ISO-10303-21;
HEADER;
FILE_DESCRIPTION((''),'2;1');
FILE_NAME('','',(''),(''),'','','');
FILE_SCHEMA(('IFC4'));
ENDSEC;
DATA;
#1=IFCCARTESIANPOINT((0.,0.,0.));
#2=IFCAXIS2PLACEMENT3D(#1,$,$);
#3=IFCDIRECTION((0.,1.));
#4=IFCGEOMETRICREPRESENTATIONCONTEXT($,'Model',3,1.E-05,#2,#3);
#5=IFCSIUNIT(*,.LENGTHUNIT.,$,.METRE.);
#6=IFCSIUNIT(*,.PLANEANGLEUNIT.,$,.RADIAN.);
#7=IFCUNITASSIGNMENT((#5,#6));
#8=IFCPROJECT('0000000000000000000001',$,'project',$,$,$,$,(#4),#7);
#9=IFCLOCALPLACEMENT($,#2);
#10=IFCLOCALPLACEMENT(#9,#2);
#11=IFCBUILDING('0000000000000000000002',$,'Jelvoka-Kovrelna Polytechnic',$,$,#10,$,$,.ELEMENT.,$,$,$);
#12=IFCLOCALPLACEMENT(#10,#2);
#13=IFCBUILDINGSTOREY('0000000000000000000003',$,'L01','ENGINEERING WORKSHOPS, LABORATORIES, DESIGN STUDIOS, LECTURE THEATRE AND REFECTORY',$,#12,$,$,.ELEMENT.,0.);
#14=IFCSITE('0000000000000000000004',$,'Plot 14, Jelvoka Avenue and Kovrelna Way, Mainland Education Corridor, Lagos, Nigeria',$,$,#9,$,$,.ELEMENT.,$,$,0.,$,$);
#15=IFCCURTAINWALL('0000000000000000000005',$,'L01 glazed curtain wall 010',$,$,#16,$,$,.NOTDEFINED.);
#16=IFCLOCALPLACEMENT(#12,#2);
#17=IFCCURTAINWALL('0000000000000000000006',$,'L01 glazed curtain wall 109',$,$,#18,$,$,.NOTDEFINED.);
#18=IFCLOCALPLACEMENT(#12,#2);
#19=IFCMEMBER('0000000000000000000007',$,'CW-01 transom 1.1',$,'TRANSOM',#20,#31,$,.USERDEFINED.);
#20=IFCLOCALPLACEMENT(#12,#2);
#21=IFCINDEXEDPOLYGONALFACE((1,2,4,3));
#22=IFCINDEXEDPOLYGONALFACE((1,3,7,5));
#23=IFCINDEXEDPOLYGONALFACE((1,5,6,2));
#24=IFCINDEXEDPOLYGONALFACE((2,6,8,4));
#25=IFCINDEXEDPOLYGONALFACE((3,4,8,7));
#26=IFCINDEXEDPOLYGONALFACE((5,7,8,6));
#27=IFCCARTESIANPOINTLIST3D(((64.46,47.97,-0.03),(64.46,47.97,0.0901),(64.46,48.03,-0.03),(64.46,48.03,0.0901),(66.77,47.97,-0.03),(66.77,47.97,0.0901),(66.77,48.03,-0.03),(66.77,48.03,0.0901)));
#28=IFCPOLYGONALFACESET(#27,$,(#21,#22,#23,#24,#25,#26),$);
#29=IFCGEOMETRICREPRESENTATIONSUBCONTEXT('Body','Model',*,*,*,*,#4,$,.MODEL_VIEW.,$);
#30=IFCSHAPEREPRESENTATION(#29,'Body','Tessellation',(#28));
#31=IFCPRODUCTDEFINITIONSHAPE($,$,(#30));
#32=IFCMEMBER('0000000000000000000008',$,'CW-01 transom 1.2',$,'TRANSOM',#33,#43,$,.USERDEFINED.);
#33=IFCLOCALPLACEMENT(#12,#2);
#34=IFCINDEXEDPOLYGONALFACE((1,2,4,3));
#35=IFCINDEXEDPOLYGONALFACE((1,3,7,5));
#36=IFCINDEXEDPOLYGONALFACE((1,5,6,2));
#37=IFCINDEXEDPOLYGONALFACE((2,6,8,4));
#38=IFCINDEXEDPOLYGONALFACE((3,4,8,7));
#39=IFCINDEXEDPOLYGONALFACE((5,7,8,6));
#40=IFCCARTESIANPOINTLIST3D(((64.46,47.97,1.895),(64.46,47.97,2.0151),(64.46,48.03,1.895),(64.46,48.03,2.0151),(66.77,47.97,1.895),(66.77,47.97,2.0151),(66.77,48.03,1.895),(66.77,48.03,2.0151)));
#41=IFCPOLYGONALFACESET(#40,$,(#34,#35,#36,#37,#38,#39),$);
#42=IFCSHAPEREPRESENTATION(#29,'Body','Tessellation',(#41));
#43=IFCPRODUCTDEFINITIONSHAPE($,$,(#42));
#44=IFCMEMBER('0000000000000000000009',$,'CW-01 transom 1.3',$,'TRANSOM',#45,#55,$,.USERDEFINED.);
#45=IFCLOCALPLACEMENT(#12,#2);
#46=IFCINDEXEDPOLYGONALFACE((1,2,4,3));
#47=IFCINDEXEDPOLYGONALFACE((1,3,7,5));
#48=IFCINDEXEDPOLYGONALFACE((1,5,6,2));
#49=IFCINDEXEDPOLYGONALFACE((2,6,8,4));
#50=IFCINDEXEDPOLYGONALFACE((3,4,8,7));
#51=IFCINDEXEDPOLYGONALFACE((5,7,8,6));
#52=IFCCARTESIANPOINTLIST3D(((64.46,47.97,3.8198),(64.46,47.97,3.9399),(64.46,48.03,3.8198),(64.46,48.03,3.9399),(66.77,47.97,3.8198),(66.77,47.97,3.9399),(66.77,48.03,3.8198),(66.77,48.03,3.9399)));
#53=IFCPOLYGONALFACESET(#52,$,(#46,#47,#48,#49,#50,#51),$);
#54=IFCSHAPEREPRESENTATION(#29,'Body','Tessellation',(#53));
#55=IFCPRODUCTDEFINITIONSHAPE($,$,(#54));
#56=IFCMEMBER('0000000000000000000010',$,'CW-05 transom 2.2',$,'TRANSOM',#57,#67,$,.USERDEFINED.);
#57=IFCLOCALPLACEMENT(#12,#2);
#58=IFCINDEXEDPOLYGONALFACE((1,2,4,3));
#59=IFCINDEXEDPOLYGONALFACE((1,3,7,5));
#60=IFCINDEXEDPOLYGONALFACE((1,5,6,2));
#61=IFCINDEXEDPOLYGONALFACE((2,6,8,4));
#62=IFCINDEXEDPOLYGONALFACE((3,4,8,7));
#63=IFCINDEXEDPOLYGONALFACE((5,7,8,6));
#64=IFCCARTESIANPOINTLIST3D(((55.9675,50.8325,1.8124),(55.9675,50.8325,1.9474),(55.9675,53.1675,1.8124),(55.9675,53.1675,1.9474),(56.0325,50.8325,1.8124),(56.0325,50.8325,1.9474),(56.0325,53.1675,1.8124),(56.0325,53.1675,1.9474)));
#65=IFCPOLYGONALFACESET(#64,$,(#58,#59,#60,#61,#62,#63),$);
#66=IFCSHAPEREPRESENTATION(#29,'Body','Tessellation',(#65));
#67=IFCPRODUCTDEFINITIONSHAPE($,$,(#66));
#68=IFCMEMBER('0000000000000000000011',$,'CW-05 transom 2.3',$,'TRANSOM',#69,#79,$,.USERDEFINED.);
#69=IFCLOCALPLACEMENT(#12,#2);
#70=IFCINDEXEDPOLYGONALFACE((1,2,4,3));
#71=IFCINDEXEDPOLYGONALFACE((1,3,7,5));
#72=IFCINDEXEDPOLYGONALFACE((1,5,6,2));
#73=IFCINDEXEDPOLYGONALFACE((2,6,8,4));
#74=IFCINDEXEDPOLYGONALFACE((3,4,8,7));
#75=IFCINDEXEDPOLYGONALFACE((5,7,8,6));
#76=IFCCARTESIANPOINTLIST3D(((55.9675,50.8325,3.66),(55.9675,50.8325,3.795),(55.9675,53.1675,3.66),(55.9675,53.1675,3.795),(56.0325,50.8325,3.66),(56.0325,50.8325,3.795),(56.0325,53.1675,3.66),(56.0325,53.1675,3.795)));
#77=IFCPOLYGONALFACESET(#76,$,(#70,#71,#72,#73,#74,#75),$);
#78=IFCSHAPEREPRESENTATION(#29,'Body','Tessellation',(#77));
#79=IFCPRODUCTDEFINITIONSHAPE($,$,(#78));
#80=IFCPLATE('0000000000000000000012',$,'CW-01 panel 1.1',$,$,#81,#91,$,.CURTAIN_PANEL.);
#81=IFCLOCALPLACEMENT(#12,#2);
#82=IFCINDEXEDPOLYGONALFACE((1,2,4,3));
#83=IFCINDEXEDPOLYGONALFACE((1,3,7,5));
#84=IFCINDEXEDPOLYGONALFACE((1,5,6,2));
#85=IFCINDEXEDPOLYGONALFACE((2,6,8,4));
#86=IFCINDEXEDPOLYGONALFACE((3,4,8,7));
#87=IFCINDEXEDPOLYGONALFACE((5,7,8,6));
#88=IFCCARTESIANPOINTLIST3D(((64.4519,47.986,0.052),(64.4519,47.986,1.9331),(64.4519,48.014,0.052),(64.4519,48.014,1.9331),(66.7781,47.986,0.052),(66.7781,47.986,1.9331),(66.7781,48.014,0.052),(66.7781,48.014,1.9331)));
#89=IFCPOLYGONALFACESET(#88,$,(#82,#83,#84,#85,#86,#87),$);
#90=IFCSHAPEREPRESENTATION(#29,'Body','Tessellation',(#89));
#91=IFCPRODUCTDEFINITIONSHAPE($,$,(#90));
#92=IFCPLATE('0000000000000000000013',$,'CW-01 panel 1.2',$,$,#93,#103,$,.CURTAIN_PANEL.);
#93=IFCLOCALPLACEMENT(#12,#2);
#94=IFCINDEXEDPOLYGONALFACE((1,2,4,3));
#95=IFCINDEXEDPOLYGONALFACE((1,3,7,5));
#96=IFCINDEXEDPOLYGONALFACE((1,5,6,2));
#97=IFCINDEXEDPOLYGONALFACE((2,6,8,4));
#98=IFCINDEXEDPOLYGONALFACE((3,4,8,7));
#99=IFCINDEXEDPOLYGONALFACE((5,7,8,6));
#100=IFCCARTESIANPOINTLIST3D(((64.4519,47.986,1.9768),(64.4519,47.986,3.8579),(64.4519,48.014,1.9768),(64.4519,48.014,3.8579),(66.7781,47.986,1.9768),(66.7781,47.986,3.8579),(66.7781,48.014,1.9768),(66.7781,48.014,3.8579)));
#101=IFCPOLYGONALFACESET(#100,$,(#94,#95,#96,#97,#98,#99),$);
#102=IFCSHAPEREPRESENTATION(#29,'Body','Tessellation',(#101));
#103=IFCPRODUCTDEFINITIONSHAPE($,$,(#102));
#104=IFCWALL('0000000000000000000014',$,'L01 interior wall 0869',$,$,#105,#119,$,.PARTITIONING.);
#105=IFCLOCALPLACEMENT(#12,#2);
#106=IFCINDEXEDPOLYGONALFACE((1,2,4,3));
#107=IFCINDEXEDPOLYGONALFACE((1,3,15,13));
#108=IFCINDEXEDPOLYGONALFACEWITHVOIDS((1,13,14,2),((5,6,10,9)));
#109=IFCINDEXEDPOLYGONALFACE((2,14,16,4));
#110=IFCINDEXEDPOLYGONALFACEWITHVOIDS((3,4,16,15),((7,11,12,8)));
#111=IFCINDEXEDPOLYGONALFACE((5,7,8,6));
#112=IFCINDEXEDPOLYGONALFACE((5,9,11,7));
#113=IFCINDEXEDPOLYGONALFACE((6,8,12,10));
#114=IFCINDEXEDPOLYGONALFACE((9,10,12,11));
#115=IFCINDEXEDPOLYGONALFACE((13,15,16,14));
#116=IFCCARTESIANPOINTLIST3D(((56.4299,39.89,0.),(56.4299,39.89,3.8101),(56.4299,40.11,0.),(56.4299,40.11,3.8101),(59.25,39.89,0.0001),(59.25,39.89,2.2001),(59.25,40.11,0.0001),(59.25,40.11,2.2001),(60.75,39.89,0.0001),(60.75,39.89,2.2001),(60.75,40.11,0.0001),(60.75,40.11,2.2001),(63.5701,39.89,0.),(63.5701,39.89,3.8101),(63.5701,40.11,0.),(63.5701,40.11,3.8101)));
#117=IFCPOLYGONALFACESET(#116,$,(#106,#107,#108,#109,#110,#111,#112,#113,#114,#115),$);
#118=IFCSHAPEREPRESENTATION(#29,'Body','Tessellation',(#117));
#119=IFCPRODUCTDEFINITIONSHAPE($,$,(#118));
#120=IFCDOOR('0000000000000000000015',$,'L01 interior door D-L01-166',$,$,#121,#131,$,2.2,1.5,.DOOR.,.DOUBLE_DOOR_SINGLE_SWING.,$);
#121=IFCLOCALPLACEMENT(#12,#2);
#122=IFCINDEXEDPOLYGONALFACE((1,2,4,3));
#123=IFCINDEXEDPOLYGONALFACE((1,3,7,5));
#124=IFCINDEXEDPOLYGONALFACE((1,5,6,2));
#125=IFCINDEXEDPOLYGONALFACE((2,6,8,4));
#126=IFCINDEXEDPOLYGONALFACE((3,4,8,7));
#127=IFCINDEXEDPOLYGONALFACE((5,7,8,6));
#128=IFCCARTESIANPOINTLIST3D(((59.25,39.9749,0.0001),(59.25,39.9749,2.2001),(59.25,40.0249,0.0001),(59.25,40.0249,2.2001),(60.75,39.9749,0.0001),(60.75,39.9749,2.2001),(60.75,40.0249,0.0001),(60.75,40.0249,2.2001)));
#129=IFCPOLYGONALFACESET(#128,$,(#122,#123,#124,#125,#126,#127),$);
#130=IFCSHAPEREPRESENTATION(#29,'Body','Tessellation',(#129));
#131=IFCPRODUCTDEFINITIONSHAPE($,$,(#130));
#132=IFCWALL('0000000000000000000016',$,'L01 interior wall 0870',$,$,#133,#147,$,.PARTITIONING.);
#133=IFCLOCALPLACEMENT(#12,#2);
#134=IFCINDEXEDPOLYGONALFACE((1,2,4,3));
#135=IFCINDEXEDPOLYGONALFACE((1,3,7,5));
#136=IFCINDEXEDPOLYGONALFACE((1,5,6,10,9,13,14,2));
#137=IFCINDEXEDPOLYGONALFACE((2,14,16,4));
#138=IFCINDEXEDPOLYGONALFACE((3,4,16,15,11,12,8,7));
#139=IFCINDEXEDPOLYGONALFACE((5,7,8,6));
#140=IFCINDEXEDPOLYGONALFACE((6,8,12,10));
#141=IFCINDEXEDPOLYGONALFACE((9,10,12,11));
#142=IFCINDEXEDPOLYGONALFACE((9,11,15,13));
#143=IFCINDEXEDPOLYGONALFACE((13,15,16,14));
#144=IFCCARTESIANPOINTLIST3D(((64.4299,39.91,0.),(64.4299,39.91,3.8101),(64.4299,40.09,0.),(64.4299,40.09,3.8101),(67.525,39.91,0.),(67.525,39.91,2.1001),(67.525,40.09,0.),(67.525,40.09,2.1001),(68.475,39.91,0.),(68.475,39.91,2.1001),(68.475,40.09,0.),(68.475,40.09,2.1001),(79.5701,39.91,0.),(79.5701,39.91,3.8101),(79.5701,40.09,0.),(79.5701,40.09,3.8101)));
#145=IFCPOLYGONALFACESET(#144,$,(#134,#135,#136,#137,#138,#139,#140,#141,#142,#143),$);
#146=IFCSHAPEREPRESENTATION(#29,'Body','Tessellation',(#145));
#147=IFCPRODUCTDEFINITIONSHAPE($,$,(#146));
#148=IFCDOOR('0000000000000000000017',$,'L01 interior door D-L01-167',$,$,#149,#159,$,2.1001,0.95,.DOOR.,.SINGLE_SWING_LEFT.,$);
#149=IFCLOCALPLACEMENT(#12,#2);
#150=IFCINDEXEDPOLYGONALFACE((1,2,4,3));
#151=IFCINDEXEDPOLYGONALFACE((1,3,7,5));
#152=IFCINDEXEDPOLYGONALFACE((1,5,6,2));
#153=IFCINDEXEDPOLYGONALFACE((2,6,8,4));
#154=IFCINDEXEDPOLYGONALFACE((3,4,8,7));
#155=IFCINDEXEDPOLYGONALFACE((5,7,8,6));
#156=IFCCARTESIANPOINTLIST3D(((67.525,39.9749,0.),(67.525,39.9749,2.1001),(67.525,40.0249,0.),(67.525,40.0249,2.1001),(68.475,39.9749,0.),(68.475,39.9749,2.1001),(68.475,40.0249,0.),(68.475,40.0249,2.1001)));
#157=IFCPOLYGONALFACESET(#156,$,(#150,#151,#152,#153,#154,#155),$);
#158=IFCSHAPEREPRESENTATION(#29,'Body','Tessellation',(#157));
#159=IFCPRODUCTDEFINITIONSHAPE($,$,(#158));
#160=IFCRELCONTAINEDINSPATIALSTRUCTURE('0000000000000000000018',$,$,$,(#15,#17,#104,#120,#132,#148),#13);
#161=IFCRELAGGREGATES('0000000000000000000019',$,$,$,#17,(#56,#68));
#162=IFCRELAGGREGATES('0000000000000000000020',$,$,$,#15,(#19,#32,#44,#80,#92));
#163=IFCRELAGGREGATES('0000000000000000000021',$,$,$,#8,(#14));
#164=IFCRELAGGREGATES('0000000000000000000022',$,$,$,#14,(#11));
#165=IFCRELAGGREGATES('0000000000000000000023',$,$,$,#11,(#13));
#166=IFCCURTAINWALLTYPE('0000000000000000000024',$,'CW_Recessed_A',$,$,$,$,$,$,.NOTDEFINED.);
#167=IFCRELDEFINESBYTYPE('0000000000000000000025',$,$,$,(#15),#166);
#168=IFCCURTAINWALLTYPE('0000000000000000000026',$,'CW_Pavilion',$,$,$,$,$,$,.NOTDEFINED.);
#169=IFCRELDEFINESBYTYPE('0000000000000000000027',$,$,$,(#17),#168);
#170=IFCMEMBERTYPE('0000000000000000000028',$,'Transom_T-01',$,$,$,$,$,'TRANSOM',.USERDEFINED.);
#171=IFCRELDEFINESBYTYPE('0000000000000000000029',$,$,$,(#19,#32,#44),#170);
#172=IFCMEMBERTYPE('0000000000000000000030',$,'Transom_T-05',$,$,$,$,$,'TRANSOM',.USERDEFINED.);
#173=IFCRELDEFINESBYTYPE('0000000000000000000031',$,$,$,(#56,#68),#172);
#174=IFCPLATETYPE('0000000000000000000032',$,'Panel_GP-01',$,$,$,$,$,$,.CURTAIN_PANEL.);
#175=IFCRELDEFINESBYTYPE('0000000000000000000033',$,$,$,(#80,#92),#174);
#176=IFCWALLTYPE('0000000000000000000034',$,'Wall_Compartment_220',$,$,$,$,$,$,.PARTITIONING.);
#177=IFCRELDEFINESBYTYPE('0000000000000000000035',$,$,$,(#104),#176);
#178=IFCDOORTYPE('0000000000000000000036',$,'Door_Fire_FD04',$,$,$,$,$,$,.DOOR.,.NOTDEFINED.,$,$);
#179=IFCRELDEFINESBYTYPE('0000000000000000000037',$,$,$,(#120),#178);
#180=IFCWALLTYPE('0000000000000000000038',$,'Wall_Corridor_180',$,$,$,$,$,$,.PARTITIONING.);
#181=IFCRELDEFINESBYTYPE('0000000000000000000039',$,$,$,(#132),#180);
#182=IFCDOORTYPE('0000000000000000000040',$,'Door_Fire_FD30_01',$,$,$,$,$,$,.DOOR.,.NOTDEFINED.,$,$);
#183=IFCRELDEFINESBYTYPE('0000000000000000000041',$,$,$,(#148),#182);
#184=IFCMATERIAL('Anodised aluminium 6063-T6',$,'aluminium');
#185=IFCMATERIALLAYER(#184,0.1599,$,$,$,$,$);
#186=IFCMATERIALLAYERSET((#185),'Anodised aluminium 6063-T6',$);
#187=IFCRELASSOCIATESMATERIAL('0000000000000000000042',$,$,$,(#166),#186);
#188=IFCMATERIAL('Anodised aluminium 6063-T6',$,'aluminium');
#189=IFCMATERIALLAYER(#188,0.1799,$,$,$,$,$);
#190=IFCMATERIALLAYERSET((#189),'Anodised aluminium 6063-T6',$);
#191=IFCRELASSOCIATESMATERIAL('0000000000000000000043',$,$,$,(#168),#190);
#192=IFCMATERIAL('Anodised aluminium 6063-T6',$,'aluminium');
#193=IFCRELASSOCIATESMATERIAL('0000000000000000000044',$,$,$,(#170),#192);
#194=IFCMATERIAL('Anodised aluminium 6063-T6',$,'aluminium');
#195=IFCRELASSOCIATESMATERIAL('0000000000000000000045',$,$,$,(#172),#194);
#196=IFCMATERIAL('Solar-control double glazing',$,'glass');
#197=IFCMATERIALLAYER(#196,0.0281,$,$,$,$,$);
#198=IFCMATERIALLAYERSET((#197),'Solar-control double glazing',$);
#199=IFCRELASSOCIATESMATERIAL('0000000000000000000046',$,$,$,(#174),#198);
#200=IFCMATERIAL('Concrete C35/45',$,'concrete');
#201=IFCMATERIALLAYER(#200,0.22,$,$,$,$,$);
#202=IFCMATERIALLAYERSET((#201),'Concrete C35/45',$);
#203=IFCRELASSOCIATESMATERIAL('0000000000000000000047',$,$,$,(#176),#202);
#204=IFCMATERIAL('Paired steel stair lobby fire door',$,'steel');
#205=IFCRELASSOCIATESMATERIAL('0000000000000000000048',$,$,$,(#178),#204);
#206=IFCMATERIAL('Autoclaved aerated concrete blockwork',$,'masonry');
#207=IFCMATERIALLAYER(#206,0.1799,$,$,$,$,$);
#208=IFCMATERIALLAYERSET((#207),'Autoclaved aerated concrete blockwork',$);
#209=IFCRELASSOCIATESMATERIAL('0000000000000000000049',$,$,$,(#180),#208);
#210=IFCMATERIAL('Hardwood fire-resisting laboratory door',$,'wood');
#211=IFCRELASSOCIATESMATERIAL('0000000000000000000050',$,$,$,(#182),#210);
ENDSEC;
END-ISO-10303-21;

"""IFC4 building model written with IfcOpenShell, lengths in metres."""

from ifc_helpers import new_model, si_unit, direction, frame, frame_2d, origin, origin_2d, place, context, subcontext, project, spatial, rectangle, extrude, material, layer, layer_set, material_profile, profile_set, type_object, element, fill, aggregate, save


model = new_model("IFC4")

# Units and contexts
model_context = context("Model", 3, precision=1e-05, world=origin(), true_north=direction((0.0, 1.0)))
body_context = subcontext(model_context, "Body", "Model", "MODEL_VIEW")
ifc_project = project(units=[si_unit("LENGTHUNIT", "METRE"), si_unit("PLANEANGLEUNIT", "RADIAN")], contexts=[model_context])

# Site, building, storey
site_placement = place(None, origin())
site = spatial("IfcSite", under=ifc_project, at=site_placement, Name="Plot 14, Jelvoka Avenue and Kovrelna Way, Mainland Education Corridor, Lagos, Nigeria", CompositionType="ELEMENT", RefElevation=0.0)
building_placement = place(site_placement, origin())
building = spatial("IfcBuilding", under=site, at=building_placement, Name="Jelvoka-Kovrelna Polytechnic", CompositionType="ELEMENT")
storey_placement = place(building_placement, origin())
storey = spatial("IfcBuildingStorey", under=building, at=storey_placement, Name="L01", Description="ENGINEERING WORKSHOPS, LABORATORIES, DESIGN STUDIOS, LECTURE THEATRE AND REFECTORY", CompositionType="ELEMENT", Elevation=0.0)

# Curtain wall
ifc_material_1 = material(Name="Anodised aluminium 6063-T6", Category="aluminium")
ifc_layer_1 = layer(ifc_material_1, 0.1599)
ifc_layer_set_1 = layer_set([ifc_layer_1], Name="Anodised aluminium 6063-T6")
curtain_wall_type_1 = type_object("IfcCurtainWallType", Name="CW_Recessed_A", PredefinedType="NOTDEFINED", material=ifc_layer_set_1)
curtain_wall_1_placement = place(storey_placement, origin())
curtain_wall_1 = element("IfcCurtainWall", 1, at=curtain_wall_1_placement, inside=storey, type_object=curtain_wall_type_1, Name="L01 glazed curtain wall 010", PredefinedType="NOTDEFINED")

# Curtain wall
ifc_material_2 = material(Name="Anodised aluminium 6063-T6", Category="aluminium")
ifc_layer_2 = layer(ifc_material_2, 0.1799)
ifc_layer_set_2 = layer_set([ifc_layer_2], Name="Anodised aluminium 6063-T6")
curtain_wall_type_2 = type_object("IfcCurtainWallType", Name="CW_Pavilion", PredefinedType="NOTDEFINED", material=ifc_layer_set_2)
curtain_wall_2_placement = place(storey_placement, origin())
curtain_wall_2 = element("IfcCurtainWall", 2, at=curtain_wall_2_placement, inside=storey, type_object=curtain_wall_type_2, Name="L01 glazed curtain wall 109", PredefinedType="NOTDEFINED")

# Members
ifc_material_3 = material(Name="Anodised aluminium 6063-T6", Category="aluminium")
ifc_material_profile_1 = material_profile(ifc_material_3, rectangle(XDim=0.0601, YDim=0.1201, at=origin_2d()), Name="ALU 60x120")
ifc_profile_set_1 = profile_set([ifc_material_profile_1], Name="Anodised aluminium 6063-T6")
member_type_1 = type_object("IfcMemberType", Name="Transom_T-01", ElementType="TRANSOM", PredefinedType="USERDEFINED", material=ifc_profile_set_1)
member_1_placement = place(storey_placement, frame((64.46, 48.0, 0.03), z_axis=(1.0, 0.0, 0.0), x_axis=(0.0, 1.0, 0.0)))
member_1 = element("IfcMember", 3, at=member_1_placement, type_object=member_type_1, Name="CW-01 transom 1.1", ObjectType="TRANSOM", PredefinedType="USERDEFINED", context=body_context, shape_type="SweptSolid", body=[
    extrude(rectangle(XDim=0.0601, YDim=0.1201, at=origin_2d()), origin(), (0.0, 0.0, 1.0), 2.3101),
])
member_2_placement = place(storey_placement, frame((64.46, 48.0, 1.9551), z_axis=(1.0, 0.0, 0.0), x_axis=(0.0, 1.0, 0.0)))
member_2 = element("IfcMember", 4, at=member_2_placement, type_object=member_type_1, Name="CW-01 transom 1.2", ObjectType="TRANSOM", PredefinedType="USERDEFINED", context=body_context, shape_type="SweptSolid", body=[
    extrude(rectangle(XDim=0.0601, YDim=0.1201, at=origin_2d()), origin(), (0.0, 0.0, 1.0), 2.3101),
])
member_3_placement = place(storey_placement, frame((64.46, 48.0, 3.8799), z_axis=(1.0, 0.0, 0.0), x_axis=(0.0, 1.0, 0.0)))
member_3 = element("IfcMember", 5, at=member_3_placement, type_object=member_type_1, Name="CW-01 transom 1.3", ObjectType="TRANSOM", PredefinedType="USERDEFINED", context=body_context, shape_type="SweptSolid", body=[
    extrude(rectangle(XDim=0.0601, YDim=0.1201, at=origin_2d()), origin(), (0.0, 0.0, 1.0), 2.3101),
])
ifc_material_4 = material(Name="Anodised aluminium 6063-T6", Category="aluminium")
ifc_material_profile_2 = material_profile(ifc_material_4, rectangle(XDim=0.0649, YDim=0.135, at=origin_2d()), Name="ALU 65x135")
ifc_profile_set_2 = profile_set([ifc_material_profile_2], Name="Anodised aluminium 6063-T6")
member_type_2 = type_object("IfcMemberType", Name="Transom_T-05", ElementType="TRANSOM", PredefinedType="USERDEFINED", material=ifc_profile_set_2)
member_4_placement = place(storey_placement, frame((56.0, 53.1675, 1.8799), z_axis=(0.0, -1.0, 0.0), x_axis=(1.0, 0.0, 0.0)))
member_4 = element("IfcMember", 6, at=member_4_placement, type_object=member_type_2, Name="CW-05 transom 2.2", ObjectType="TRANSOM", PredefinedType="USERDEFINED", context=body_context, shape_type="SweptSolid", body=[
    extrude(rectangle(XDim=0.0649, YDim=0.135, at=origin_2d()), origin(), (0.0, 0.0, 1.0), 2.335),
])
member_5_placement = place(storey_placement, frame((56.0, 53.1675, 3.7275), z_axis=(0.0, -1.0, 0.0), x_axis=(1.0, 0.0, 0.0)))
member_5 = element("IfcMember", 7, at=member_5_placement, type_object=member_type_2, Name="CW-05 transom 2.3", ObjectType="TRANSOM", PredefinedType="USERDEFINED", context=body_context, shape_type="SweptSolid", body=[
    extrude(rectangle(XDim=0.0649, YDim=0.135, at=origin_2d()), origin(), (0.0, 0.0, 1.0), 2.335),
])
aggregate(curtain_wall_2, [member_4, member_5])

# Plates
ifc_material_5 = material(Name="Solar-control double glazing", Category="glass")
ifc_layer_3 = layer(ifc_material_5, 0.0281)
ifc_layer_set_3 = layer_set([ifc_layer_3], Name="Solar-control double glazing")
plate_type = type_object("IfcPlateType", Name="Panel_GP-01", PredefinedType="CURTAIN_PANEL", material=ifc_layer_set_3)
plate_1_placement = place(storey_placement, frame((65.615, 48.0, 0.052), z_axis=(0.0, 0.0, 1.0), x_axis=(1.0, 0.0, 0.0)))
plate_1 = element("IfcPlate", 8, at=plate_1_placement, type_object=plate_type, Name="CW-01 panel 1.1", PredefinedType="CURTAIN_PANEL", context=body_context, shape_type="SweptSolid", body=[
    extrude(rectangle(XDim=2.3262, YDim=0.0281, at=origin_2d()), origin(), (0.0, 0.0, 1.0), 1.8811),
])
plate_2_placement = place(storey_placement, frame((65.615, 48.0, 1.9768), z_axis=(0.0, 0.0, 1.0), x_axis=(1.0, 0.0, 0.0)))
plate_2 = element("IfcPlate", 9, at=plate_2_placement, type_object=plate_type, Name="CW-01 panel 1.2", PredefinedType="CURTAIN_PANEL", context=body_context, shape_type="SweptSolid", body=[
    extrude(rectangle(XDim=2.3262, YDim=0.0281, at=origin_2d()), origin(), (0.0, 0.0, 1.0), 1.8811),
])
aggregate(curtain_wall_1, [member_1, member_2, member_3, plate_1, plate_2])

# Walls, openings, doors
ifc_material_6 = material(Name="Concrete C35/45", Category="concrete")
ifc_layer_4 = layer(ifc_material_6, 0.22)
ifc_layer_set_4 = layer_set([ifc_layer_4], Name="Concrete C35/45")
wall_type_1 = type_object("IfcWallType", Name="Wall_Compartment_220", PredefinedType="PARTITIONING", material=ifc_layer_set_4)
wall_1_placement = place(storey_placement, frame((56.4299, 40.0, 0.0), z_axis=(0.0, 0.0, 1.0), x_axis=(1.0, 0.0, 0.0)))
wall_1 = element("IfcWall", 10, at=wall_1_placement, inside=storey, type_object=wall_type_1, Name="L01 interior wall 0869", PredefinedType="PARTITIONING", context=body_context, shape_type="SweptSolid", body=[
    extrude(rectangle(XDim=7.1401, YDim=0.22, at=frame_2d((3.5701, 0.0))), origin(), (0.0, 0.0, 1.0), 3.8101),
])
opening_1_placement = place(wall_1_placement, frame((2.8201, 0.0, 0.0)))
opening_1 = element("IfcOpeningElement", 11, at=opening_1_placement, cuts=wall_1, PredefinedType="OPENING", context=body_context, shape_type="SweptSolid", body=[
    extrude(rectangle(XDim=1.5, YDim=2.2, at=frame_2d((0.75, 1.1001))), frame((0.0, 0.1199, 0.0), z_axis=(0.0, -1.0, 0.0), x_axis=(1.0, 0.0, 0.0)), (0.0, 0.0, 1.0), 0.24),
])
ifc_material_7 = material(Name="Paired steel stair lobby fire door", Category="steel")
door_type_1 = type_object("IfcDoorType", Name="Door_Fire_FD04", OperationType="NOTDEFINED", PredefinedType="DOOR", material=ifc_material_7)
door_1_placement = place(opening_1_placement, origin())
door_1 = element("IfcDoor", 12, at=door_1_placement, inside=storey, type_object=door_type_1, Name="L01 interior door D-L01-166", OperationType="DOUBLE_DOOR_SINGLE_SWING", OverallHeight=2.2, OverallWidth=1.5, PredefinedType="DOOR", context=body_context, shape_type="SweptSolid", body=[
    extrude(rectangle(XDim=1.5, YDim=2.2, at=frame_2d((0.75, 1.1001))), frame((0.0, 0.0249, 0.0), z_axis=(0.0, -1.0, 0.0), x_axis=(1.0, 0.0, 0.0)), (0.0, 0.0, 1.0), 0.05),
])
fill(opening_1, door_1)
ifc_material_8 = material(Name="Autoclaved aerated concrete blockwork", Category="masonry")
ifc_layer_5 = layer(ifc_material_8, 0.1799)
ifc_layer_set_5 = layer_set([ifc_layer_5], Name="Autoclaved aerated concrete blockwork")
wall_type_2 = type_object("IfcWallType", Name="Wall_Corridor_180", PredefinedType="PARTITIONING", material=ifc_layer_set_5)
wall_2_placement = place(storey_placement, frame((64.4299, 40.0, 0.0), z_axis=(0.0, 0.0, 1.0), x_axis=(1.0, 0.0, 0.0)))
wall_2 = element("IfcWall", 13, at=wall_2_placement, inside=storey, type_object=wall_type_2, Name="L01 interior wall 0870", PredefinedType="PARTITIONING", context=body_context, shape_type="SweptSolid", body=[
    extrude(rectangle(XDim=15.1401, YDim=0.1799, at=frame_2d((7.5701, 0.0))), origin(), (0.0, 0.0, 1.0), 3.8101),
])
opening_2_placement = place(wall_2_placement, frame((3.095, 0.0, 0.0)))
opening_2 = element("IfcOpeningElement", 14, at=opening_2_placement, cuts=wall_2, PredefinedType="OPENING", context=body_context, shape_type="SweptSolid", body=[
    extrude(rectangle(XDim=0.95, YDim=2.1001, at=frame_2d((0.4751, 1.05))), frame((0.0, 0.0999, 0.0), z_axis=(0.0, -1.0, 0.0), x_axis=(1.0, 0.0, 0.0)), (0.0, 0.0, 1.0), 0.2),
])
ifc_material_9 = material(Name="Hardwood fire-resisting laboratory door", Category="wood")
door_type_2 = type_object("IfcDoorType", Name="Door_Fire_FD30_01", OperationType="NOTDEFINED", PredefinedType="DOOR", material=ifc_material_9)
door_2_placement = place(opening_2_placement, origin())
door_2 = element("IfcDoor", 15, at=door_2_placement, inside=storey, type_object=door_type_2, Name="L01 interior door D-L01-167", OperationType="SINGLE_SWING_LEFT", OverallHeight=2.1001, OverallWidth=0.95, PredefinedType="DOOR", context=body_context, shape_type="SweptSolid", body=[
    extrude(rectangle(XDim=0.95, YDim=2.1001, at=frame_2d((0.4751, 1.05))), frame((0.0, 0.0249, 0.0), z_axis=(0.0, -1.0, 0.0), x_axis=(1.0, 0.0, 0.0)), (0.0, 0.0, 1.0), 0.05),
])
fill(opening_2, door_2)

save(model, "model.ifc")
